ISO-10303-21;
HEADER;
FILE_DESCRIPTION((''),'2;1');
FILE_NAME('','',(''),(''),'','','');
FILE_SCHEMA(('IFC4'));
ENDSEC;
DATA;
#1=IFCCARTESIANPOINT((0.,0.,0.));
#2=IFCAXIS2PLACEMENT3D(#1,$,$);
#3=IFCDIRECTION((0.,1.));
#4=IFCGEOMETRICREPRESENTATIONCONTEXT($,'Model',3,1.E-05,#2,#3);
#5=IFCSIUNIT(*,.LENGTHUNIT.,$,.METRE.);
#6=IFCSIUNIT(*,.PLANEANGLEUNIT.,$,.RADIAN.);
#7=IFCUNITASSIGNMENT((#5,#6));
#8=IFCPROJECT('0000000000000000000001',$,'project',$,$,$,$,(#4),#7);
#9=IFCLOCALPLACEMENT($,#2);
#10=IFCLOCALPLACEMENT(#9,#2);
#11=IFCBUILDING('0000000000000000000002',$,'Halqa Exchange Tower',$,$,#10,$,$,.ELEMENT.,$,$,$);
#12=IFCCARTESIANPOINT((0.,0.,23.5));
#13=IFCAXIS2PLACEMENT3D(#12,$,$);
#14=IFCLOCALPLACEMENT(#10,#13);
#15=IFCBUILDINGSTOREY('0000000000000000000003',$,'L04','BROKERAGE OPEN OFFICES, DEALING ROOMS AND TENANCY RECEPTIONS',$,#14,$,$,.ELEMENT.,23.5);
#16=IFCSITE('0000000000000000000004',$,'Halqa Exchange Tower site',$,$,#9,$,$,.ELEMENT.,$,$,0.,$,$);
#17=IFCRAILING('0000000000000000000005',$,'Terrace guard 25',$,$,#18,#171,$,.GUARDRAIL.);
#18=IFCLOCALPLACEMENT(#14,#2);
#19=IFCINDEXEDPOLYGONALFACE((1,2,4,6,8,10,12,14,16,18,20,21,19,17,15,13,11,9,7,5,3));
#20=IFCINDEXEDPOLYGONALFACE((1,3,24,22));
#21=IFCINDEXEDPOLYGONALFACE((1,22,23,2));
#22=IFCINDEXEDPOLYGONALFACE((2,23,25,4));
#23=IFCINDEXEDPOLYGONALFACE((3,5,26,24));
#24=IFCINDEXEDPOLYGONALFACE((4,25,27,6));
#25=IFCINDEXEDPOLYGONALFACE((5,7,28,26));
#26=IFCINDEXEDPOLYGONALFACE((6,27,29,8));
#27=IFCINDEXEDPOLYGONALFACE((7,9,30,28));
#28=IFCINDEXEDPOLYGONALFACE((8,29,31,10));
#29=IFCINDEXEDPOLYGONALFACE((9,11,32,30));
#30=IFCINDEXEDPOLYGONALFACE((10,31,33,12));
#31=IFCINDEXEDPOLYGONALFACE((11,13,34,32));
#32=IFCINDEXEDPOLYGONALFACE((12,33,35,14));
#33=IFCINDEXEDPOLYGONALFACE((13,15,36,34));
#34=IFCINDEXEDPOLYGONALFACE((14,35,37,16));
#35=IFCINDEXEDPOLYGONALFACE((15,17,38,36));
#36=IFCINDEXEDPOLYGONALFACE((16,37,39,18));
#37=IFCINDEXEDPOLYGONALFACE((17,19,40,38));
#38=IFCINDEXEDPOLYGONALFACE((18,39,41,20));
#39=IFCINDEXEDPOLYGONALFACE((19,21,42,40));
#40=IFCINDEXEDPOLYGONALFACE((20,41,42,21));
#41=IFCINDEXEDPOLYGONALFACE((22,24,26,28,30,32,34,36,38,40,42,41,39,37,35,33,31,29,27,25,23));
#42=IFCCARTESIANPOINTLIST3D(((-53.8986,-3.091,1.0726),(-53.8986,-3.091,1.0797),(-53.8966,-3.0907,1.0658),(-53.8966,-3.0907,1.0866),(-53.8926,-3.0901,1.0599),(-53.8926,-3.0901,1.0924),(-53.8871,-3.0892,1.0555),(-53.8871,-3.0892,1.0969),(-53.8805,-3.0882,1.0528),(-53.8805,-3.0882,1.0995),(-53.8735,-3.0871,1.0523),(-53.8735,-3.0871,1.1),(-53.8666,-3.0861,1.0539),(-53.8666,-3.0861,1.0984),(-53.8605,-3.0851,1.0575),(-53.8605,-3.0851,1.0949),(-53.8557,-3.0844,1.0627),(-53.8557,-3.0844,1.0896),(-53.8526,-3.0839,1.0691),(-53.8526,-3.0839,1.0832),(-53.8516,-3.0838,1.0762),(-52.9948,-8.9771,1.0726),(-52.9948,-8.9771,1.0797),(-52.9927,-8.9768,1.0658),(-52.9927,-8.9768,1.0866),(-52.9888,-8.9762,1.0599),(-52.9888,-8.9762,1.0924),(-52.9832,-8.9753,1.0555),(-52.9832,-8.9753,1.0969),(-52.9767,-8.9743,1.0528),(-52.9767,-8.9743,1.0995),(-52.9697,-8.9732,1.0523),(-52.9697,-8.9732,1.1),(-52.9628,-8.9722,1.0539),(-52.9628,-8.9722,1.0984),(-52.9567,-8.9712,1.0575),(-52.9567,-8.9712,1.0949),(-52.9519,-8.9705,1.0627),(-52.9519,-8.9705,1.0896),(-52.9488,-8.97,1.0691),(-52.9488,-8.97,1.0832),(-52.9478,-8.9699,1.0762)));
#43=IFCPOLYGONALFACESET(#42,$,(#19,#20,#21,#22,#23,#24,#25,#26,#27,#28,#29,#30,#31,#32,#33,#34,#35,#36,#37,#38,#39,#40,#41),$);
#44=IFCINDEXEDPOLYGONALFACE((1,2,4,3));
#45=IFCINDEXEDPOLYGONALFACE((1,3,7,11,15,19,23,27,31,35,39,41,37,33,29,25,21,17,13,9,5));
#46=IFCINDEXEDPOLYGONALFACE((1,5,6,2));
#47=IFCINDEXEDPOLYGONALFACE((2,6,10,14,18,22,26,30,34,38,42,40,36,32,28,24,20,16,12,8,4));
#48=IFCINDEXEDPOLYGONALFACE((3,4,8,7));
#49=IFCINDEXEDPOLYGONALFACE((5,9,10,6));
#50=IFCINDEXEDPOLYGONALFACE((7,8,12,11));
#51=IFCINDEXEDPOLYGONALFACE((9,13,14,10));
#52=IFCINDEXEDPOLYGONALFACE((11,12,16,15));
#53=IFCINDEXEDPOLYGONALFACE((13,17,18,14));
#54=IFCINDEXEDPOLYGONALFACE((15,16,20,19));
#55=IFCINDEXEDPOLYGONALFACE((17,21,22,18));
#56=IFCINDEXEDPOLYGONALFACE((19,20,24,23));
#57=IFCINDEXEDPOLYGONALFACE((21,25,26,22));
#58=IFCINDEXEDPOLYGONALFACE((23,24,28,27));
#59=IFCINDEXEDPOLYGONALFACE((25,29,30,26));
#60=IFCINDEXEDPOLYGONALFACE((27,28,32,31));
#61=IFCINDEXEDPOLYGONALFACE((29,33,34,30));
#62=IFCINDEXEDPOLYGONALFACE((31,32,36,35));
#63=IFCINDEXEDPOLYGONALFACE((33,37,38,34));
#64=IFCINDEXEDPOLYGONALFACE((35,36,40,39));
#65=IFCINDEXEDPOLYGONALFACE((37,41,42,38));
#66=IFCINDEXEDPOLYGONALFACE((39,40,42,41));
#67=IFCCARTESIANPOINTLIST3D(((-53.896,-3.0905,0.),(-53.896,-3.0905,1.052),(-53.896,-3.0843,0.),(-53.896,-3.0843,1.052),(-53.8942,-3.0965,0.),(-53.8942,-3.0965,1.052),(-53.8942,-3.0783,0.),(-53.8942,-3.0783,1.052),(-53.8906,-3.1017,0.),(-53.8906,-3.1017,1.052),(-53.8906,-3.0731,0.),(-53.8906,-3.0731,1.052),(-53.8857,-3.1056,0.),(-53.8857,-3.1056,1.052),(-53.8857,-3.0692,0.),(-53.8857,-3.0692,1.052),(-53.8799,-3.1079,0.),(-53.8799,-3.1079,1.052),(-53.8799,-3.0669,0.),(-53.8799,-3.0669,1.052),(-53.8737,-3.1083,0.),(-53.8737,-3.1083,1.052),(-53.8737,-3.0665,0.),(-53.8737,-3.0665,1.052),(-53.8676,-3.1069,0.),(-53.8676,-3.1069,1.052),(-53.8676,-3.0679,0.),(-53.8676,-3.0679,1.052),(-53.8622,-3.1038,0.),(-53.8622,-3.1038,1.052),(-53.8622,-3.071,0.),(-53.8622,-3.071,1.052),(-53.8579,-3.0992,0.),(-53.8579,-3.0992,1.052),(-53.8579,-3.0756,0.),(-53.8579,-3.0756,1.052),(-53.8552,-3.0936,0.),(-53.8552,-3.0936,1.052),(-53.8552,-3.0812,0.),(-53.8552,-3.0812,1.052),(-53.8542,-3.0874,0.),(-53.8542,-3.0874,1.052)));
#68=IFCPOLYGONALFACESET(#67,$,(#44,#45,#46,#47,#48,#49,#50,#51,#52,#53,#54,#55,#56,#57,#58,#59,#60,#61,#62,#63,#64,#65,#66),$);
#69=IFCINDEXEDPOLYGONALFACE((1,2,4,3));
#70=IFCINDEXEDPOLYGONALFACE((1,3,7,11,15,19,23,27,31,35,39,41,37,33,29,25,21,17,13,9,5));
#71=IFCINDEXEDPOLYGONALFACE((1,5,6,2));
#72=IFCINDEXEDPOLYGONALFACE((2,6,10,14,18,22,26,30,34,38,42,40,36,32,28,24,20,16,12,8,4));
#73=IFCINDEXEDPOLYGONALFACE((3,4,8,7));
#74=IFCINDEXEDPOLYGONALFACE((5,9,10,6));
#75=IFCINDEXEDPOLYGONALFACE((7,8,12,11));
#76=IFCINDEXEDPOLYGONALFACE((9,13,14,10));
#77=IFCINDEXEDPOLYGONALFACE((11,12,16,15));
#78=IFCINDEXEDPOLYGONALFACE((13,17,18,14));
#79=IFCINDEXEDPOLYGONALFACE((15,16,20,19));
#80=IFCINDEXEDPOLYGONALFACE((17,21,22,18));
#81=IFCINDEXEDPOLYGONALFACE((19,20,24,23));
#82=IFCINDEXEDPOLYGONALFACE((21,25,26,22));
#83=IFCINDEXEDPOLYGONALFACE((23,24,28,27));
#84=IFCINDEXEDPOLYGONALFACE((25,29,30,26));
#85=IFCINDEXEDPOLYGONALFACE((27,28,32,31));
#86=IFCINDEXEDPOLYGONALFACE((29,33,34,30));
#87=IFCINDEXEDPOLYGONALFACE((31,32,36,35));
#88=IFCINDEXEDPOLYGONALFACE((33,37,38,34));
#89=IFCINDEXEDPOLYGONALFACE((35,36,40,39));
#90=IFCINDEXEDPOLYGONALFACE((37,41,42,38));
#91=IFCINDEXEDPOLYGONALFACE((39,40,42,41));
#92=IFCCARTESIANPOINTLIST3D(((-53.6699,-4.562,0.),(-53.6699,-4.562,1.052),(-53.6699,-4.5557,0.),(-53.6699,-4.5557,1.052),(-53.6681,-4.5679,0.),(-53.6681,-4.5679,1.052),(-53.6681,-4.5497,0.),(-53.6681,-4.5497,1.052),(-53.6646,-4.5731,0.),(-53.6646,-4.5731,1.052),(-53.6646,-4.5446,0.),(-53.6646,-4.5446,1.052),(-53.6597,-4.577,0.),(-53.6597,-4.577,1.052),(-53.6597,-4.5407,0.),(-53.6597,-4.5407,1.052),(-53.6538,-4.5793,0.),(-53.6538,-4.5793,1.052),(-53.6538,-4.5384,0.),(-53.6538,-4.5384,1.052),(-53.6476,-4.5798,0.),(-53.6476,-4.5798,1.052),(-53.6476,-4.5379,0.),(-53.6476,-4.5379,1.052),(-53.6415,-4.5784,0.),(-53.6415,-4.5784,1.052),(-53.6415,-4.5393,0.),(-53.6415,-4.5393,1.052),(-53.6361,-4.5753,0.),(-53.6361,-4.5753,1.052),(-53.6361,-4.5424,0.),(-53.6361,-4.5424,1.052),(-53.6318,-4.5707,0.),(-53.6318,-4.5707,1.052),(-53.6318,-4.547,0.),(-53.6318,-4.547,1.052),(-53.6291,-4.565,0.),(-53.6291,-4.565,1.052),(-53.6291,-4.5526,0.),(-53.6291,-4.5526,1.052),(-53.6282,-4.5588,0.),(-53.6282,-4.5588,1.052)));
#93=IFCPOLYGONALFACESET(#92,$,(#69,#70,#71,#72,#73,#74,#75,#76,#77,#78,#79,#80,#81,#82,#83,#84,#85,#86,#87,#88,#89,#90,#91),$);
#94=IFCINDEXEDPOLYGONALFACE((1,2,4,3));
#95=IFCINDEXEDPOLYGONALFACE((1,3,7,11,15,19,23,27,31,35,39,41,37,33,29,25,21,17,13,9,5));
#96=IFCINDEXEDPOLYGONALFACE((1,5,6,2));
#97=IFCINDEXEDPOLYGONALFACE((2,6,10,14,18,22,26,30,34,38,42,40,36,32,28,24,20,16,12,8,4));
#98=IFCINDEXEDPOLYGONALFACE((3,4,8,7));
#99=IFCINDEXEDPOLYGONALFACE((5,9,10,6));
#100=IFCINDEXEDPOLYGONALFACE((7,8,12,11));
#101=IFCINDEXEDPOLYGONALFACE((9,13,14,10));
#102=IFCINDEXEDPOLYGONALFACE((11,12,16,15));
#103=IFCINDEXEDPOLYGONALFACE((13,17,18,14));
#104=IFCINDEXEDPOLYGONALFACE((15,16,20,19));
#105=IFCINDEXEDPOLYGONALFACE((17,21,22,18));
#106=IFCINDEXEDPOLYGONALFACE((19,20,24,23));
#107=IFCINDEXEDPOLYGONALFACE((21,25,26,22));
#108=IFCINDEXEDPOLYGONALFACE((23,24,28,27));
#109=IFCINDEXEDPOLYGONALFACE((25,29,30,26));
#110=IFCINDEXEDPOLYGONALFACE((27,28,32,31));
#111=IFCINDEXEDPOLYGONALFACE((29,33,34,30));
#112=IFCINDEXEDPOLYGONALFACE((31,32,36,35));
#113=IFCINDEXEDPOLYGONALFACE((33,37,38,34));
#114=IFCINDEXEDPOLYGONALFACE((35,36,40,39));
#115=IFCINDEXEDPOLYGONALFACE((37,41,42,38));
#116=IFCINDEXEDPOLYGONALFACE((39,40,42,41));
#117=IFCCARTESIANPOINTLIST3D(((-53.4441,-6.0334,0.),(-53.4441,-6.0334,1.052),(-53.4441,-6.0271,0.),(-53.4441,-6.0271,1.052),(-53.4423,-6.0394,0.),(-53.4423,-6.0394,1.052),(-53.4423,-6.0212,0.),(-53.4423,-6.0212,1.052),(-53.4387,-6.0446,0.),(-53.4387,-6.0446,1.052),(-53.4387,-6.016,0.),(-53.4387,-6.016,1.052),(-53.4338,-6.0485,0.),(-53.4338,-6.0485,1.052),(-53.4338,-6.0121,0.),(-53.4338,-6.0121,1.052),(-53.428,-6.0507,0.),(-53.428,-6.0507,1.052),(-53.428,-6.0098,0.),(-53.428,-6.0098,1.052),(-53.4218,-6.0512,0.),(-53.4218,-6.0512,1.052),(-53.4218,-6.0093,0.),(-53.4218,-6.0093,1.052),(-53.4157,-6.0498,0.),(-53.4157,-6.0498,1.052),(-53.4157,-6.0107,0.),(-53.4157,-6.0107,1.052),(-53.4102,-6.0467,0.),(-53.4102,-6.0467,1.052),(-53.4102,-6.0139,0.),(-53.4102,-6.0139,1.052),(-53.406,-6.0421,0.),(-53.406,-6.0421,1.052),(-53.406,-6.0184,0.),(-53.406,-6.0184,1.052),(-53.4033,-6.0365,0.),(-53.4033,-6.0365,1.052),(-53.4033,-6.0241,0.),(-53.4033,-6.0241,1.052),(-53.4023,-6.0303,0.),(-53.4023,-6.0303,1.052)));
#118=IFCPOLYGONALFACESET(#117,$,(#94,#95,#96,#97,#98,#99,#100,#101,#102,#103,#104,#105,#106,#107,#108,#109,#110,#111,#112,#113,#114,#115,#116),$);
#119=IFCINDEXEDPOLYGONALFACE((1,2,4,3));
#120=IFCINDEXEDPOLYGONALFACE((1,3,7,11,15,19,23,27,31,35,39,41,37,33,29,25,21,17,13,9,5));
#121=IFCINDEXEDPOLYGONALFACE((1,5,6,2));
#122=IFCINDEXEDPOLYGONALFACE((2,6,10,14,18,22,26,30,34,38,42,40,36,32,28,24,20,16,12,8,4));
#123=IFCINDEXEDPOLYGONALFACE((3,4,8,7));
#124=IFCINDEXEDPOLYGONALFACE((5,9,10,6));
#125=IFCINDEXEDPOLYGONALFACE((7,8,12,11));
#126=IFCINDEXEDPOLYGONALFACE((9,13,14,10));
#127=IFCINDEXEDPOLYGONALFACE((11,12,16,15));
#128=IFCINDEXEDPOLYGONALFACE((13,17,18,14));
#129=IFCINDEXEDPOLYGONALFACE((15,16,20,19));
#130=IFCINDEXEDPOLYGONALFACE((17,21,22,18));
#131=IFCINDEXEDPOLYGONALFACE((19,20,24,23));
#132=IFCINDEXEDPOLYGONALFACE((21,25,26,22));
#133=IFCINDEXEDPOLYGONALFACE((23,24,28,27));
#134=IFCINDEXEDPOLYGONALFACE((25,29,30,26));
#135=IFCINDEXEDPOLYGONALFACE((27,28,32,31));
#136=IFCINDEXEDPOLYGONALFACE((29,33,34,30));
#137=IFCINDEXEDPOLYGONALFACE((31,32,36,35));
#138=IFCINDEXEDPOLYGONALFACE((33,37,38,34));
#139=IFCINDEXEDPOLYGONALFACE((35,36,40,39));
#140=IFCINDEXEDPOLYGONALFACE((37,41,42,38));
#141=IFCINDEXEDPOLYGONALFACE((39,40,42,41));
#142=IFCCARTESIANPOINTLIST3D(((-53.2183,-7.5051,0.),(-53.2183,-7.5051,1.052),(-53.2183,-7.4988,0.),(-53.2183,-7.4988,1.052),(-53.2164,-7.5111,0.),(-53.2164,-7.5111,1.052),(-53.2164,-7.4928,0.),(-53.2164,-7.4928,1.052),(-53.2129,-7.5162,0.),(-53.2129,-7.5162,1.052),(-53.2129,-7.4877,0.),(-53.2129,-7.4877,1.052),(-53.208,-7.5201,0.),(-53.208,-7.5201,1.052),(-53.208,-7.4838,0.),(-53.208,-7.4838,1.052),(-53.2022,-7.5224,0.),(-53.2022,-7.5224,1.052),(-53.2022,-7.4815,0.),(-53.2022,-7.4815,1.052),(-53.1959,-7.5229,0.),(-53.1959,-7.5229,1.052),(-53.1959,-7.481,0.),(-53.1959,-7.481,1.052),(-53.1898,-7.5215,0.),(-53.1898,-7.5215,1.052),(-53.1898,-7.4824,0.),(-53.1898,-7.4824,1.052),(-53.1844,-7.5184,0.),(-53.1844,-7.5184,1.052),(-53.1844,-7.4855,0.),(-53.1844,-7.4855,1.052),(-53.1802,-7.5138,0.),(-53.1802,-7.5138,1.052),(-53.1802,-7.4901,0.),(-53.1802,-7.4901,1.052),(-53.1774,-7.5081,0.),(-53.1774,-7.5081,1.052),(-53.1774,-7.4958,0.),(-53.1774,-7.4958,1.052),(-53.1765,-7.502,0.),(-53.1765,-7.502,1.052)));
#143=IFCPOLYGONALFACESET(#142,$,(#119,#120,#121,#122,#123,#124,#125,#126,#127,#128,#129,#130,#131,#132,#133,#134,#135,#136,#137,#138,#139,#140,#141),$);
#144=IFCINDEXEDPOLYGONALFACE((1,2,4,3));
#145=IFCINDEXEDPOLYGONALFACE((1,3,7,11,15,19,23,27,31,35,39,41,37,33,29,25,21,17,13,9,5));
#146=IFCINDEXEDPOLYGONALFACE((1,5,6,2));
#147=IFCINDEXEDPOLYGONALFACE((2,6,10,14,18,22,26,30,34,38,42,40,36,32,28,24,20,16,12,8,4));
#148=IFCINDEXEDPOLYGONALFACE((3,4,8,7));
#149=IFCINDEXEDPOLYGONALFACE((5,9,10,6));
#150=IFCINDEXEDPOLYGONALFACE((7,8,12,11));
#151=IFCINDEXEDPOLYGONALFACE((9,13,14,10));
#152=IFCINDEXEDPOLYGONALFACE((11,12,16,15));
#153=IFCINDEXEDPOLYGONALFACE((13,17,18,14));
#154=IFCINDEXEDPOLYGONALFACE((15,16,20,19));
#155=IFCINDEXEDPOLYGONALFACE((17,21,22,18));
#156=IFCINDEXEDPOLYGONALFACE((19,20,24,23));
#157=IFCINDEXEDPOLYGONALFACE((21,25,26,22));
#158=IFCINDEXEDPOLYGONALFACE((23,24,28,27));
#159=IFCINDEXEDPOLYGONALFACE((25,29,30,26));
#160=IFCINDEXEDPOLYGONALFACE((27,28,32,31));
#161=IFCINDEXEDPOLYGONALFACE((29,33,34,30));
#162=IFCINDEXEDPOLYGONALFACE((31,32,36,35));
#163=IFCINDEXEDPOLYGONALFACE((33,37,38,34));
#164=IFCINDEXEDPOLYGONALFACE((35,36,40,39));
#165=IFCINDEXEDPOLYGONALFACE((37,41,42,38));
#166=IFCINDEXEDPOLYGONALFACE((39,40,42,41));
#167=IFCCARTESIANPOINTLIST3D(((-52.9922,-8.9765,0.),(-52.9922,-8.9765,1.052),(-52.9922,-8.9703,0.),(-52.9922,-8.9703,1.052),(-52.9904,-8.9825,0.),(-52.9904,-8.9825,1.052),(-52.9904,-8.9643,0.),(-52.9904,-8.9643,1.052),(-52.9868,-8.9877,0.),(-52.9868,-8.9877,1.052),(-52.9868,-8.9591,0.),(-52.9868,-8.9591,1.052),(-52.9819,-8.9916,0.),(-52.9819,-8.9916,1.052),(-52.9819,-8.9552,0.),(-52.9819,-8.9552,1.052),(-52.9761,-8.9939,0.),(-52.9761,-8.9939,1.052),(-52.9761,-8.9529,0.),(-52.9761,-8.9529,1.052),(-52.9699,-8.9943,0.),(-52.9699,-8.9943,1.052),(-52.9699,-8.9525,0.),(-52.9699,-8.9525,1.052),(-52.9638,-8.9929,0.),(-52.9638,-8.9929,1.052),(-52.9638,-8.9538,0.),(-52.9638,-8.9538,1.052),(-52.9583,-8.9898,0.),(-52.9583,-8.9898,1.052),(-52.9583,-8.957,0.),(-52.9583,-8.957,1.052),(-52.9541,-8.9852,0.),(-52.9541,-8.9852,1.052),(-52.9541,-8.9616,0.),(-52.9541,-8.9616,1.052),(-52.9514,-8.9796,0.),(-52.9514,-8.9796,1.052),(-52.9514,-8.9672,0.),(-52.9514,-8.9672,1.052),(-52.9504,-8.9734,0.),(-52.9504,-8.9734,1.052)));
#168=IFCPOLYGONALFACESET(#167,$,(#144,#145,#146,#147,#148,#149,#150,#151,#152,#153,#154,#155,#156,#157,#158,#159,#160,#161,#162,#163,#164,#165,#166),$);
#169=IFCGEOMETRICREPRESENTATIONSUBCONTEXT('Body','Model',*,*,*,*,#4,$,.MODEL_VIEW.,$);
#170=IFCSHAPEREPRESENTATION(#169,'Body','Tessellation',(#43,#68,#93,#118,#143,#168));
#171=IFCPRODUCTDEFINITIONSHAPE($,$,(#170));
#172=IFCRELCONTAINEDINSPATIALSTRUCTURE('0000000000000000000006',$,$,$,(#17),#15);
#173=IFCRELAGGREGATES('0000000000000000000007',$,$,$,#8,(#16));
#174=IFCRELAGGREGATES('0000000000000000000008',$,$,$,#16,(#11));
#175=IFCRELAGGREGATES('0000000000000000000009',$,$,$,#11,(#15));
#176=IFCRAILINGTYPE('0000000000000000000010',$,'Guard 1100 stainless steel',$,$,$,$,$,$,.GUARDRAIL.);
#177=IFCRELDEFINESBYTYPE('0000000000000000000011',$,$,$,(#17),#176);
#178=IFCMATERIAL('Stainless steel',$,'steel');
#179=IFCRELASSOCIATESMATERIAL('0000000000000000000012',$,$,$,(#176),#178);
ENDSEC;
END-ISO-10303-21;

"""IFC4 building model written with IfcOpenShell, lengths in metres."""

from ifc_helpers import new_model, si_unit, direction, frame, origin, origin_2d, place, context, subcontext, project, spatial, circle, extrude, material, type_object, element, save


model = new_model("IFC4")

# Units and contexts
model_context = context("Model", 3, precision=1e-05, world=origin(), true_north=direction((0.0, 1.0)))
body_context = subcontext(model_context, "Body", "Model", "MODEL_VIEW")
ifc_project = project(units=[si_unit("LENGTHUNIT", "METRE"), si_unit("PLANEANGLEUNIT", "RADIAN")], contexts=[model_context])

# Site, building, storey
site_placement = place(None, origin())
site = spatial("IfcSite", under=ifc_project, at=site_placement, Name="Halqa Exchange Tower site", CompositionType="ELEMENT", RefElevation=0.0)
building_placement = place(site_placement, origin())
building = spatial("IfcBuilding", under=site, at=building_placement, Name="Halqa Exchange Tower", CompositionType="ELEMENT")
storey_placement = place(building_placement, frame((0.0, 0.0, 23.5)))
storey = spatial("IfcBuildingStorey", under=building, at=storey_placement, Name="L04", Description="BROKERAGE OPEN OFFICES, DEALING ROOMS AND TENANCY RECEPTIONS", CompositionType="ELEMENT", Elevation=23.5)

# Railing
ifc_material_1 = material(Name="Stainless steel", Category="steel")
railing_type = type_object("IfcRailingType", Name="Guard 1100 stainless steel", PredefinedType="GUARDRAIL", material=ifc_material_1)
railing_1_placement = place(storey_placement, frame((-53.8752, -3.0874, 0.0)))
element("IfcRailing", 1, at=railing_1_placement, inside=storey, type_object=railing_type, Name="Terrace guard 25", PredefinedType="GUARDRAIL", context=body_context, shape_type="SweptSolid", body=[
    extrude(circle(Radius=0.0239, at=origin_2d()), frame((0.0, 0.0, 1.0762), z_axis=(0.151774, -0.988415, 0.0), x_axis=(0.988415, 0.151774, 0.0)), (0.0, 0.0, 1.0), 5.9551),
    extrude(circle(Radius=0.021, at=origin_2d()), origin(), (0.0, 0.0, 1.0), 1.052),
    extrude(circle(Radius=0.021, at=origin_2d()), frame((0.2261, -1.4714, 0.0)), (0.0, 0.0, 1.0), 1.052),
    extrude(circle(Radius=0.021, at=origin_2d()), frame((0.4519, -2.9429, 0.0)), (0.0, 0.0, 1.0), 1.052),
    extrude(circle(Radius=0.021, at=origin_2d()), frame((0.6777, -4.4146, 0.0)), (0.0, 0.0, 1.0), 1.052),
    extrude(circle(Radius=0.021, at=origin_2d()), frame((0.9038, -5.886, 0.0)), (0.0, 0.0, 1.0), 1.052),
])

save(model, "model.ifc")
